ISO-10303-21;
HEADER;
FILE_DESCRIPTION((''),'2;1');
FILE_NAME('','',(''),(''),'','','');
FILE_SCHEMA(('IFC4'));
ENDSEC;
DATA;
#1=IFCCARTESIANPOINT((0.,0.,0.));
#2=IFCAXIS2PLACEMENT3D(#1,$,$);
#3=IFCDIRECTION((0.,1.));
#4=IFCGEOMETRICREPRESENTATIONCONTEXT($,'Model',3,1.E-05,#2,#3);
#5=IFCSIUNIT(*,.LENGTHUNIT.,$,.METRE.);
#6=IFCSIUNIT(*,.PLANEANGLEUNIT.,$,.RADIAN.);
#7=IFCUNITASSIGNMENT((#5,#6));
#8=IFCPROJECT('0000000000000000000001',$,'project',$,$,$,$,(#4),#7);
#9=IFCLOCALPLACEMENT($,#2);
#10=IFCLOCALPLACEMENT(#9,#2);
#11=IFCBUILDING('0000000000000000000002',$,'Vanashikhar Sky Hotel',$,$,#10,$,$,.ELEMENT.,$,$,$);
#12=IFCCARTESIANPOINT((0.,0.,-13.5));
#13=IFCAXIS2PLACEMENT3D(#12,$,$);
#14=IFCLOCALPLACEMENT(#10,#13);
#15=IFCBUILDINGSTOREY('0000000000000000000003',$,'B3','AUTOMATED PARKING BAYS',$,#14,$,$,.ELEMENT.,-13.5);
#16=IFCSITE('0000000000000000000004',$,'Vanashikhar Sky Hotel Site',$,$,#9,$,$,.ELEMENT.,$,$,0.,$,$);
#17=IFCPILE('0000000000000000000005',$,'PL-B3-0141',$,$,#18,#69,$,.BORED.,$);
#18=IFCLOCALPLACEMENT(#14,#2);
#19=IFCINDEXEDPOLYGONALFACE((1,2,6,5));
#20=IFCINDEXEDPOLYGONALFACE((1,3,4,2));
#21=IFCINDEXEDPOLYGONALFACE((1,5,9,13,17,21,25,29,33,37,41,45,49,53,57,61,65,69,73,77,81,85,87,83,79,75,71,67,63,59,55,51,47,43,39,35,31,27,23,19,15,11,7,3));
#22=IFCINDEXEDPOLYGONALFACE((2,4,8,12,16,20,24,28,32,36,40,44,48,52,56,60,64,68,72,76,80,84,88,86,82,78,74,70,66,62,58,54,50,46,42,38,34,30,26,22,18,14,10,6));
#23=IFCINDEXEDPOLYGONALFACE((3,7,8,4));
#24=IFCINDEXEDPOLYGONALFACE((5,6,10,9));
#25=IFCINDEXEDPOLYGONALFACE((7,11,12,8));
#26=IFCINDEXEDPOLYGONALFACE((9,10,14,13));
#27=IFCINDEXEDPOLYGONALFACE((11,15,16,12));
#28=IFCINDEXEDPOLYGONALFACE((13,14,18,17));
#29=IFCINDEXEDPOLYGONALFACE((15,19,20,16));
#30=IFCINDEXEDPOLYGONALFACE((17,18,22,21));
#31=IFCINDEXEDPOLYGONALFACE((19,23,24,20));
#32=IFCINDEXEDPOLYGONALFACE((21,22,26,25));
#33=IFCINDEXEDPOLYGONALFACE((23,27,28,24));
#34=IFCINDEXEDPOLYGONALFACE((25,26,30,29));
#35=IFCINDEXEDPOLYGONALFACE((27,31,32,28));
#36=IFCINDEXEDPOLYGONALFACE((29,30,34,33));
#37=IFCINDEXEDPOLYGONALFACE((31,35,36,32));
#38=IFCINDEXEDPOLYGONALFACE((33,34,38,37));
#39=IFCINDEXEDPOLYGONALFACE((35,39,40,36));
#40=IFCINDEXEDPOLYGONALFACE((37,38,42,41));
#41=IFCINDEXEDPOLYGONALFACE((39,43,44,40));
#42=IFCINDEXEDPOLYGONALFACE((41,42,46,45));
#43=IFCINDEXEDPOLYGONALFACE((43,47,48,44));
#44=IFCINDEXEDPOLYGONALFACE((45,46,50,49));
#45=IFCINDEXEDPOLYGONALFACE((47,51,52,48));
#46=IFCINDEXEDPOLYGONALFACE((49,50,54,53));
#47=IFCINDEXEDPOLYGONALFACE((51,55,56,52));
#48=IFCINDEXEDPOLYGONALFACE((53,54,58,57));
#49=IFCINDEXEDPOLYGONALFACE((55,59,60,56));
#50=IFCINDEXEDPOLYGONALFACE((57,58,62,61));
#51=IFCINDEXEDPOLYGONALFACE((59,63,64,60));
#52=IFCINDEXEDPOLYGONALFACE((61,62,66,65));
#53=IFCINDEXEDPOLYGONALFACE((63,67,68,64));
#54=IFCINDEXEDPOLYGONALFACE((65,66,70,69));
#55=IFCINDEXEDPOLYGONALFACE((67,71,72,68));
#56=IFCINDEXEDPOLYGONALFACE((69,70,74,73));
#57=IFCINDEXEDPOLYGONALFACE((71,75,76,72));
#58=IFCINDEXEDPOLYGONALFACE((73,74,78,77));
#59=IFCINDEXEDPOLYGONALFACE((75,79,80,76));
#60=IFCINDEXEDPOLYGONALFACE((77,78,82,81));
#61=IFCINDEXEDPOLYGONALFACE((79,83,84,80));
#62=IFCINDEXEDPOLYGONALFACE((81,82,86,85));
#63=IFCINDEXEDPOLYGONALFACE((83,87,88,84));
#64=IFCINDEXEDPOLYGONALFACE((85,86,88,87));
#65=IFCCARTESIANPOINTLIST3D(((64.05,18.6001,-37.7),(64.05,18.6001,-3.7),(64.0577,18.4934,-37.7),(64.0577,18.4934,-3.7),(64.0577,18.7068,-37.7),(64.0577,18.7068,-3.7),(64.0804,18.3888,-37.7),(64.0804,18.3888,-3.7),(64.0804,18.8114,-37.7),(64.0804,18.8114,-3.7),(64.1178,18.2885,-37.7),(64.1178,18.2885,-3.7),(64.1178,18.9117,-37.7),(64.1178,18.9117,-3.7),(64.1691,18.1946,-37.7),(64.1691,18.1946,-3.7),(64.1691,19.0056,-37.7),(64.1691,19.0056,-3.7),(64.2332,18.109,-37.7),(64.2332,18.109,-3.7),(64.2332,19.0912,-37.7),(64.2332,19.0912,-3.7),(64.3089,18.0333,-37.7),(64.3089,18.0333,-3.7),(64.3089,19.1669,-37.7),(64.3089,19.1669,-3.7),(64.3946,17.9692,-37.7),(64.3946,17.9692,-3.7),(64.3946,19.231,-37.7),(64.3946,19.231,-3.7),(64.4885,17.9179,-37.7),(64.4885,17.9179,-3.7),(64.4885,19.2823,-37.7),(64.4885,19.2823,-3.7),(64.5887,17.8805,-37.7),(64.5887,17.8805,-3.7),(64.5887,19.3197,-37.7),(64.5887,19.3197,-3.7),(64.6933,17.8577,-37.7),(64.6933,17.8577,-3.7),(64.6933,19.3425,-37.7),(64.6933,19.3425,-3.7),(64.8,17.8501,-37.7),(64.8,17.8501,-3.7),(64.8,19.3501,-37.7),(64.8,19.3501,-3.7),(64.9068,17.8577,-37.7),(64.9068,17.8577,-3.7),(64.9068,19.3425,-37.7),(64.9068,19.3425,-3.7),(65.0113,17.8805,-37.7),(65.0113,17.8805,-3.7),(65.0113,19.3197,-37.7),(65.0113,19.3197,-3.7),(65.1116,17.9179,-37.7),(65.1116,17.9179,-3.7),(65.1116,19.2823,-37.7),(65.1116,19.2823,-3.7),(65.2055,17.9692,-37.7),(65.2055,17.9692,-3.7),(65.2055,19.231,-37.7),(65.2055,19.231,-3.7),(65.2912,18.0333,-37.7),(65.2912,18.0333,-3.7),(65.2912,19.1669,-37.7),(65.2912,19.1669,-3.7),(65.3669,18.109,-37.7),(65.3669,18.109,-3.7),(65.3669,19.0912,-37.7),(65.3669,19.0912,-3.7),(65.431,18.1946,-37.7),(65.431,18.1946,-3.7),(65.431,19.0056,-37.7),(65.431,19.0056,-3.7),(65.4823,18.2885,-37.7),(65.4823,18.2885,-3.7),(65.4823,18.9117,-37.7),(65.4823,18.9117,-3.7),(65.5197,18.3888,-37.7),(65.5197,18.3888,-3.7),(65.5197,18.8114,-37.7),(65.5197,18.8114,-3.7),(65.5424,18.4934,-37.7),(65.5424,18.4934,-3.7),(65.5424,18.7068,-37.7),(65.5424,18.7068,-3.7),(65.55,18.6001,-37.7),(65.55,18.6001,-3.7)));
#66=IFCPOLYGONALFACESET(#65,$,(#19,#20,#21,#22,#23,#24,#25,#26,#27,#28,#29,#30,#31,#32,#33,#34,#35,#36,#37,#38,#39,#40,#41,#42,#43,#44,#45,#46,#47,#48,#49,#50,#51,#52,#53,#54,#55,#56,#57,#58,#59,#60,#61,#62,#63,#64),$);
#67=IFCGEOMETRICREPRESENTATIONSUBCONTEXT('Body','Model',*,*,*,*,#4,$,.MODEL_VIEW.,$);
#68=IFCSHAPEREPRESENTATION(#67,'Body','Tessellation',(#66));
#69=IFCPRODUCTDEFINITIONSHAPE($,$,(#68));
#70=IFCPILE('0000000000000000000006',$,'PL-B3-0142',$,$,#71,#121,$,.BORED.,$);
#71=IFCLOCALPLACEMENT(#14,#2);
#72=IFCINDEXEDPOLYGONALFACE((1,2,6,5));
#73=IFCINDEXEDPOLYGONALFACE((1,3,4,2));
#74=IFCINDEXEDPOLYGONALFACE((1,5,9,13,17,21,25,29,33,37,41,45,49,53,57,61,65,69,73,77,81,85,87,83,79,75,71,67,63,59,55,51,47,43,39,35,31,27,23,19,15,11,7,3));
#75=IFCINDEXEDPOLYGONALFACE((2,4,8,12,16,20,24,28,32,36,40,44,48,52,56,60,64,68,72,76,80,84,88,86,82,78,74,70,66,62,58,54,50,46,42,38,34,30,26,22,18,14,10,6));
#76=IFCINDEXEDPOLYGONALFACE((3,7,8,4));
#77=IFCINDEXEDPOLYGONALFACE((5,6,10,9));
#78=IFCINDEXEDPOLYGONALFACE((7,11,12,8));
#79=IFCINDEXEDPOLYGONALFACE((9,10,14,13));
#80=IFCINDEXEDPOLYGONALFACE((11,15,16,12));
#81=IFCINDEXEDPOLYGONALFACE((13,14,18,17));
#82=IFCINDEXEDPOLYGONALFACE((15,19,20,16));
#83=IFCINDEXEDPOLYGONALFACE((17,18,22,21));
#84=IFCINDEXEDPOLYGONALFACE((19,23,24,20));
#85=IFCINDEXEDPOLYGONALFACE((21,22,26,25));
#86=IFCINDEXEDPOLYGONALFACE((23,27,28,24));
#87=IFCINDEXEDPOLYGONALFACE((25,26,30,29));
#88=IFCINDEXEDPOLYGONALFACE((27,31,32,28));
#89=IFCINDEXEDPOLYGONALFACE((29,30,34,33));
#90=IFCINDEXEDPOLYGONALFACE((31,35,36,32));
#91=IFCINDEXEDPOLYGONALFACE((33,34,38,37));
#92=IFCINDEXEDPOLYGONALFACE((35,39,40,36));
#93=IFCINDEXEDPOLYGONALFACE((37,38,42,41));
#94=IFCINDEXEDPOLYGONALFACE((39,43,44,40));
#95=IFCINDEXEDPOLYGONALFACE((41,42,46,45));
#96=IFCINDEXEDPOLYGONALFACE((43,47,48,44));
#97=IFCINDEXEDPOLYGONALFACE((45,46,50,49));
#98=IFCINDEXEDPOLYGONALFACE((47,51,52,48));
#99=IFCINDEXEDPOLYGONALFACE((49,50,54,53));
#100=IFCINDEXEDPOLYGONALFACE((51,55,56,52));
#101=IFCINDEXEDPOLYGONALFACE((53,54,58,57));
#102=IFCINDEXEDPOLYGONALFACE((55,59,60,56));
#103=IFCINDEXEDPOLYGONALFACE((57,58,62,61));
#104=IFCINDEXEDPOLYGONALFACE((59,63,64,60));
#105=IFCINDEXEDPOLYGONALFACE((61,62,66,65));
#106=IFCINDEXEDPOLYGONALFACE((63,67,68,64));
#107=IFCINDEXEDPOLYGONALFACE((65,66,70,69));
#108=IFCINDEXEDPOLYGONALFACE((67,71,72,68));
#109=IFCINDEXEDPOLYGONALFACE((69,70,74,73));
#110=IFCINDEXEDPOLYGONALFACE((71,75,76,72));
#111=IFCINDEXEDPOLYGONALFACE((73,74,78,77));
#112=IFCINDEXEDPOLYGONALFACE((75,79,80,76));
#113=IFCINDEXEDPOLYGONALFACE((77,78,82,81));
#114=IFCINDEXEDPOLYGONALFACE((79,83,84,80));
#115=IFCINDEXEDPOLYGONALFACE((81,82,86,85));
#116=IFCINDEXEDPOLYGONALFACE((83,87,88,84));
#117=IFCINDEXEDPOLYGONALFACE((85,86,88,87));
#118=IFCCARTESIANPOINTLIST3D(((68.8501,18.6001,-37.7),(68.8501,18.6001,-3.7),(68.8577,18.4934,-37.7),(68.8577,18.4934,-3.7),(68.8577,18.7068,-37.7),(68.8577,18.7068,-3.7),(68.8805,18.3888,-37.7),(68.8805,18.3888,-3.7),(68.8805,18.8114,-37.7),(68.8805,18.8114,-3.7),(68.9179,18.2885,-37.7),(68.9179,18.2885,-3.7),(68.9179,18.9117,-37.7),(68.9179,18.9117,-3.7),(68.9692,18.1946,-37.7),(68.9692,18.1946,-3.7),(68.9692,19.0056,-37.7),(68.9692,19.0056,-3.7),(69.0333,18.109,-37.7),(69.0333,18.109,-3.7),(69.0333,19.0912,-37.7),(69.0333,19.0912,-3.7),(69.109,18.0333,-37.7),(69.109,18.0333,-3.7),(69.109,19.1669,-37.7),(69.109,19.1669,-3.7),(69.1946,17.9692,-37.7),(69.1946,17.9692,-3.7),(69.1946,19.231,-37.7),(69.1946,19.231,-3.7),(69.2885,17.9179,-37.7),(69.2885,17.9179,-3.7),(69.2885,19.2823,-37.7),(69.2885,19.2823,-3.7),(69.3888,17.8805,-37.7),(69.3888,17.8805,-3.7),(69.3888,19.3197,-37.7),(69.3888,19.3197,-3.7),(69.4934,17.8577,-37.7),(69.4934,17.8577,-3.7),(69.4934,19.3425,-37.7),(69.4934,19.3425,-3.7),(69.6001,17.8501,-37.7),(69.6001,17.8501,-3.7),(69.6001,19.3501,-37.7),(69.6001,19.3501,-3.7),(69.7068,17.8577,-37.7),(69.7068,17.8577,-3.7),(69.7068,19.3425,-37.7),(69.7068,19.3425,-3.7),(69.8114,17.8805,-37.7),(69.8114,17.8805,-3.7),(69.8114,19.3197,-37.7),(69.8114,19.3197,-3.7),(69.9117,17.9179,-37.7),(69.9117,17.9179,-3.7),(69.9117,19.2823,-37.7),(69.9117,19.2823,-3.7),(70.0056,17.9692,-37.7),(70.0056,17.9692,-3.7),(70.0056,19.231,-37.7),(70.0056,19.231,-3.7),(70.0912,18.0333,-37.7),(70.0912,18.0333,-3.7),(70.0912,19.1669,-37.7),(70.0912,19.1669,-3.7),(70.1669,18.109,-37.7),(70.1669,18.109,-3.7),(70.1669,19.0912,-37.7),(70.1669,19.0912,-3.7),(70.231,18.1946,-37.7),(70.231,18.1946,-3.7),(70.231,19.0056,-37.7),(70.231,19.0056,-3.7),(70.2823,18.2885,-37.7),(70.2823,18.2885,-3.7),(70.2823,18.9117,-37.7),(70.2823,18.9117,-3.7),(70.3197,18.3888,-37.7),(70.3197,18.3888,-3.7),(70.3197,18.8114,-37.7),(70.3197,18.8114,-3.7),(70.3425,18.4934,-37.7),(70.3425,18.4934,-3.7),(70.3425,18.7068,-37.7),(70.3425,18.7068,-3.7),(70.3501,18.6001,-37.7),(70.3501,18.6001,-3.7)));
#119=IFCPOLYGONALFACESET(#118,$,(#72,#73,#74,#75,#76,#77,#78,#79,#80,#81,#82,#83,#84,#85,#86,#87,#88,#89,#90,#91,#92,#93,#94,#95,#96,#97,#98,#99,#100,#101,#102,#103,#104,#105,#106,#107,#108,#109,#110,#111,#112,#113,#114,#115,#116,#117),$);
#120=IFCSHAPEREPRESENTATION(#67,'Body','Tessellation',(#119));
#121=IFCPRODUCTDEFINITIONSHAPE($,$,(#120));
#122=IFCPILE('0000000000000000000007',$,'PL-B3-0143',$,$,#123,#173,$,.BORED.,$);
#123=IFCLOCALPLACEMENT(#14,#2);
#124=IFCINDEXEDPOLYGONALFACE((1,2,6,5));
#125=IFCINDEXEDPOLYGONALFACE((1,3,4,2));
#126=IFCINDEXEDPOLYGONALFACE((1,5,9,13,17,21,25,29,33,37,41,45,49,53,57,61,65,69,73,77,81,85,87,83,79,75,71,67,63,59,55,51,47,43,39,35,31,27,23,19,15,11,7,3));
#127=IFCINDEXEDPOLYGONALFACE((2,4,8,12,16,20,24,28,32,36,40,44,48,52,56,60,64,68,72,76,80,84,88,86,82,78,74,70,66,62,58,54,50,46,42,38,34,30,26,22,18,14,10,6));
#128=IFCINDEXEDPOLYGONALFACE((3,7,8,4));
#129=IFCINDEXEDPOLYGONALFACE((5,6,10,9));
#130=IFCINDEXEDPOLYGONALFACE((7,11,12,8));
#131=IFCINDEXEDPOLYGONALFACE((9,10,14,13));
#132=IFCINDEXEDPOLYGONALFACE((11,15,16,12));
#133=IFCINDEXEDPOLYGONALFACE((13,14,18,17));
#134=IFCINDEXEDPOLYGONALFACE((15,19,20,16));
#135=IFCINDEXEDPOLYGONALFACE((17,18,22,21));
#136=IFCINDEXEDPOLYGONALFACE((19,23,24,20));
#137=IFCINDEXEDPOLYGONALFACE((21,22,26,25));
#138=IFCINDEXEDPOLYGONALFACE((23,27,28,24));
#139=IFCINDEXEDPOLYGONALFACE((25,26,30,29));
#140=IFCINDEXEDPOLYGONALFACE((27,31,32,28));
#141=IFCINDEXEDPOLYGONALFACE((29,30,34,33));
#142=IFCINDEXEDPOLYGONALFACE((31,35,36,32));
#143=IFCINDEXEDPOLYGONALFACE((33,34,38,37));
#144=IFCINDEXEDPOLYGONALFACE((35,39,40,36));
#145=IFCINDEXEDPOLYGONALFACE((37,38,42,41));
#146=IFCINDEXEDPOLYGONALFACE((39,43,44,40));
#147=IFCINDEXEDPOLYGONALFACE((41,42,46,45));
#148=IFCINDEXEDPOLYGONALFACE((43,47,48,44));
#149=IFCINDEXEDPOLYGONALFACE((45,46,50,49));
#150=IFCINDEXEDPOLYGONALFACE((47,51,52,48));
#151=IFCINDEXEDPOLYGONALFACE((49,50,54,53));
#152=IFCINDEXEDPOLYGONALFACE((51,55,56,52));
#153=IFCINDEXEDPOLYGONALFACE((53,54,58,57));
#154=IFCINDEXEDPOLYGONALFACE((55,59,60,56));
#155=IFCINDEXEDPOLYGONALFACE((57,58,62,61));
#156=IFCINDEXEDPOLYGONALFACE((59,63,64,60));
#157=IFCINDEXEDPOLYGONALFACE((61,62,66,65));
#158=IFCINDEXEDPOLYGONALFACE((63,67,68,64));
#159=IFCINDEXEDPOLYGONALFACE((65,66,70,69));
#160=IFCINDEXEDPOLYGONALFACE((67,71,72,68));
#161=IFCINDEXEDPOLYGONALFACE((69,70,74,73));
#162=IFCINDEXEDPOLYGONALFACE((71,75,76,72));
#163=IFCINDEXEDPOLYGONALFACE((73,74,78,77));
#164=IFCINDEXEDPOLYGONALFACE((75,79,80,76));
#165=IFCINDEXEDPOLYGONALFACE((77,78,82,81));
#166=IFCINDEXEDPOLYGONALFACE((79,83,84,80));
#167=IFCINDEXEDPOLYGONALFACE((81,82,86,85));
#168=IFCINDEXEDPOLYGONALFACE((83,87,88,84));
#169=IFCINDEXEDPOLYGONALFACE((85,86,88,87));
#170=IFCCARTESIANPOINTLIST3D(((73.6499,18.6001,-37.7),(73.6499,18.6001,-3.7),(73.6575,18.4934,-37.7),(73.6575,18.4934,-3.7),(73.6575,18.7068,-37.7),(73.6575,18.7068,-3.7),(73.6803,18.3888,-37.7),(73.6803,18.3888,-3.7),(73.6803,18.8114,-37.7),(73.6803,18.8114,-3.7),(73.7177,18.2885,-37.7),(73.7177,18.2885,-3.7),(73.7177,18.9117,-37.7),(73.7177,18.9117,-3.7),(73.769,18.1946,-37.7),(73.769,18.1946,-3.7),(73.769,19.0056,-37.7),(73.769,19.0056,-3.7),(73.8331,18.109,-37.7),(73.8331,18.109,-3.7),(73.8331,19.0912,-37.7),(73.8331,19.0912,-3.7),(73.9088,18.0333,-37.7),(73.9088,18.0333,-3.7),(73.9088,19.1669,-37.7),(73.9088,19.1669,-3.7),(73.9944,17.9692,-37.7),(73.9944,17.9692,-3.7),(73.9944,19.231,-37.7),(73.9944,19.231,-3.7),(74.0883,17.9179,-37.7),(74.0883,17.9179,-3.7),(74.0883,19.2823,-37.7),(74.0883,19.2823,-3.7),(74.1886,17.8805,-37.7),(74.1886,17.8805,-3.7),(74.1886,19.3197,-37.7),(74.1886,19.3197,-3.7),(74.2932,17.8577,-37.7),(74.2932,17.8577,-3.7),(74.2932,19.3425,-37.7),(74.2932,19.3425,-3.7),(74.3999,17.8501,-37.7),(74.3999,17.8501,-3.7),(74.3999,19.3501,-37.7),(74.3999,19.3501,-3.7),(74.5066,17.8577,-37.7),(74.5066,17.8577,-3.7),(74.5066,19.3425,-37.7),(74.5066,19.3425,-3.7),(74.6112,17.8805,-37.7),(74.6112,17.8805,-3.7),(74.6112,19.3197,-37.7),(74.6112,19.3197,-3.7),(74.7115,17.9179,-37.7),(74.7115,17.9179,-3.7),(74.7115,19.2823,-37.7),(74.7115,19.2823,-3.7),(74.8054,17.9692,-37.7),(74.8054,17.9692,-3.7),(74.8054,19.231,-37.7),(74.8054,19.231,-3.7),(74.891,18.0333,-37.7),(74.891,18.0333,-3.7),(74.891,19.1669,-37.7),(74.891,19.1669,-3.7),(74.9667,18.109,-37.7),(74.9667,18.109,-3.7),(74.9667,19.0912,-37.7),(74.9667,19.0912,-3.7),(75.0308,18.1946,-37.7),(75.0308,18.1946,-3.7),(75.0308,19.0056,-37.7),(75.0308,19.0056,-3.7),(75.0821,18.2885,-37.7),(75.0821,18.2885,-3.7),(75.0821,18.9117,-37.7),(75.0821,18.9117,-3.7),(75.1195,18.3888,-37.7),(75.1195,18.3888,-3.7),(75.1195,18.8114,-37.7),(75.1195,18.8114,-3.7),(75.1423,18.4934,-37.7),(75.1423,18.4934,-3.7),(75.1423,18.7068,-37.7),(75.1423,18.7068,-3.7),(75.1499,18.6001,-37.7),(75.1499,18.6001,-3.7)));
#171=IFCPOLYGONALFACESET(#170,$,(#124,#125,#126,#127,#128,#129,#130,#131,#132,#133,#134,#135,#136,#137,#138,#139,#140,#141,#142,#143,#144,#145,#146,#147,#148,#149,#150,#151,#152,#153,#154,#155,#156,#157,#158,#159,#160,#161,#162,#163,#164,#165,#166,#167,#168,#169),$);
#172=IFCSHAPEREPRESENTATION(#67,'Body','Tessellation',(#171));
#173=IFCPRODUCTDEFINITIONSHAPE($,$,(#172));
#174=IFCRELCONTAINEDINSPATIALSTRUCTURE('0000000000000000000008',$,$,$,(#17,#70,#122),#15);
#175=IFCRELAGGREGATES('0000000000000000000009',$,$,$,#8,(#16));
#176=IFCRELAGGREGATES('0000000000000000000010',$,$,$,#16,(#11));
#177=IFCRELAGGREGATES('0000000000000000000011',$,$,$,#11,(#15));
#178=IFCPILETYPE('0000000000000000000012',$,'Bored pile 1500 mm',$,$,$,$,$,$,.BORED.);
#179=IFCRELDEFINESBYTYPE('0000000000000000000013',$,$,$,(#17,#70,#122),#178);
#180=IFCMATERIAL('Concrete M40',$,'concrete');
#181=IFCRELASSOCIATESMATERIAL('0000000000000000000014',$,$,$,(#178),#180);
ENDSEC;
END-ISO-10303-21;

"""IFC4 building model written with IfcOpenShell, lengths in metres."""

from ifc_helpers import new_model, si_unit, direction, frame, origin, origin_2d, place, context, subcontext, project, spatial, circle, extrude, source, transform, mapped, material, type_object, element, save


model = new_model("IFC4")

# Units and contexts
model_context = context("Model", 3, precision=1e-05, world=origin(), true_north=direction((0.0, 1.0)))
body_context = subcontext(model_context, "Body", "Model", "MODEL_VIEW")
ifc_project = project(units=[si_unit("LENGTHUNIT", "METRE"), si_unit("PLANEANGLEUNIT", "RADIAN")], contexts=[model_context])

# Site, building, storey
site_placement = place(None, origin())
site = spatial("IfcSite", under=ifc_project, at=site_placement, Name="Vanashikhar Sky Hotel Site", CompositionType="ELEMENT", RefElevation=0.0)
building_placement = place(site_placement, origin())
building = spatial("IfcBuilding", under=site, at=building_placement, Name="Vanashikhar Sky Hotel", CompositionType="ELEMENT")
storey_placement = place(building_placement, frame((0.0, 0.0, -13.5)))
storey = spatial("IfcBuildingStorey", under=building, at=storey_placement, Name="B3", Description="AUTOMATED PARKING BAYS", CompositionType="ELEMENT", Elevation=-13.5)

# Piles
ifc_material_1 = material(Name="Concrete M40", Category="concrete")
pile_type = type_object("IfcPileType", Name="Bored pile 1500 mm", PredefinedType="BORED", material=ifc_material_1)
shared_shape_1 = source(origin(), body_context, "Body", "SweptSolid", [
    extrude(circle(Radius=0.75, at=origin_2d()), origin(), (0.0, 0.0, 1.0), 34.0),
])
for number, where, z_axis, x_axis, name in (
    (1, (64.8, 18.6001, -3.7), (0.0, 0.0, -1.0), (1.0, 0.0, 0.0), "PL-B3-0141"),
    (2, (69.6001, 18.6001, -3.7), (0.0, 0.0, -1.0), (1.0, 0.0, 0.0), "PL-B3-0142"),
    (3, (74.3999, 18.6001, -3.7), (0.0, 0.0, -1.0), (1.0, 0.0, 0.0), "PL-B3-0143"),
):
    element("IfcPile", number, at=place(storey_placement, frame(where, z_axis=z_axis, x_axis=x_axis)), inside=storey, type_object=pile_type, Name=name, PredefinedType="BORED", context=body_context, shape_type="MappedRepresentation", body=[
        mapped(shared_shape_1, transform((0.0, 0.0, 0.0), scale=1.0)),
    ])

save(model, "model.ifc")
